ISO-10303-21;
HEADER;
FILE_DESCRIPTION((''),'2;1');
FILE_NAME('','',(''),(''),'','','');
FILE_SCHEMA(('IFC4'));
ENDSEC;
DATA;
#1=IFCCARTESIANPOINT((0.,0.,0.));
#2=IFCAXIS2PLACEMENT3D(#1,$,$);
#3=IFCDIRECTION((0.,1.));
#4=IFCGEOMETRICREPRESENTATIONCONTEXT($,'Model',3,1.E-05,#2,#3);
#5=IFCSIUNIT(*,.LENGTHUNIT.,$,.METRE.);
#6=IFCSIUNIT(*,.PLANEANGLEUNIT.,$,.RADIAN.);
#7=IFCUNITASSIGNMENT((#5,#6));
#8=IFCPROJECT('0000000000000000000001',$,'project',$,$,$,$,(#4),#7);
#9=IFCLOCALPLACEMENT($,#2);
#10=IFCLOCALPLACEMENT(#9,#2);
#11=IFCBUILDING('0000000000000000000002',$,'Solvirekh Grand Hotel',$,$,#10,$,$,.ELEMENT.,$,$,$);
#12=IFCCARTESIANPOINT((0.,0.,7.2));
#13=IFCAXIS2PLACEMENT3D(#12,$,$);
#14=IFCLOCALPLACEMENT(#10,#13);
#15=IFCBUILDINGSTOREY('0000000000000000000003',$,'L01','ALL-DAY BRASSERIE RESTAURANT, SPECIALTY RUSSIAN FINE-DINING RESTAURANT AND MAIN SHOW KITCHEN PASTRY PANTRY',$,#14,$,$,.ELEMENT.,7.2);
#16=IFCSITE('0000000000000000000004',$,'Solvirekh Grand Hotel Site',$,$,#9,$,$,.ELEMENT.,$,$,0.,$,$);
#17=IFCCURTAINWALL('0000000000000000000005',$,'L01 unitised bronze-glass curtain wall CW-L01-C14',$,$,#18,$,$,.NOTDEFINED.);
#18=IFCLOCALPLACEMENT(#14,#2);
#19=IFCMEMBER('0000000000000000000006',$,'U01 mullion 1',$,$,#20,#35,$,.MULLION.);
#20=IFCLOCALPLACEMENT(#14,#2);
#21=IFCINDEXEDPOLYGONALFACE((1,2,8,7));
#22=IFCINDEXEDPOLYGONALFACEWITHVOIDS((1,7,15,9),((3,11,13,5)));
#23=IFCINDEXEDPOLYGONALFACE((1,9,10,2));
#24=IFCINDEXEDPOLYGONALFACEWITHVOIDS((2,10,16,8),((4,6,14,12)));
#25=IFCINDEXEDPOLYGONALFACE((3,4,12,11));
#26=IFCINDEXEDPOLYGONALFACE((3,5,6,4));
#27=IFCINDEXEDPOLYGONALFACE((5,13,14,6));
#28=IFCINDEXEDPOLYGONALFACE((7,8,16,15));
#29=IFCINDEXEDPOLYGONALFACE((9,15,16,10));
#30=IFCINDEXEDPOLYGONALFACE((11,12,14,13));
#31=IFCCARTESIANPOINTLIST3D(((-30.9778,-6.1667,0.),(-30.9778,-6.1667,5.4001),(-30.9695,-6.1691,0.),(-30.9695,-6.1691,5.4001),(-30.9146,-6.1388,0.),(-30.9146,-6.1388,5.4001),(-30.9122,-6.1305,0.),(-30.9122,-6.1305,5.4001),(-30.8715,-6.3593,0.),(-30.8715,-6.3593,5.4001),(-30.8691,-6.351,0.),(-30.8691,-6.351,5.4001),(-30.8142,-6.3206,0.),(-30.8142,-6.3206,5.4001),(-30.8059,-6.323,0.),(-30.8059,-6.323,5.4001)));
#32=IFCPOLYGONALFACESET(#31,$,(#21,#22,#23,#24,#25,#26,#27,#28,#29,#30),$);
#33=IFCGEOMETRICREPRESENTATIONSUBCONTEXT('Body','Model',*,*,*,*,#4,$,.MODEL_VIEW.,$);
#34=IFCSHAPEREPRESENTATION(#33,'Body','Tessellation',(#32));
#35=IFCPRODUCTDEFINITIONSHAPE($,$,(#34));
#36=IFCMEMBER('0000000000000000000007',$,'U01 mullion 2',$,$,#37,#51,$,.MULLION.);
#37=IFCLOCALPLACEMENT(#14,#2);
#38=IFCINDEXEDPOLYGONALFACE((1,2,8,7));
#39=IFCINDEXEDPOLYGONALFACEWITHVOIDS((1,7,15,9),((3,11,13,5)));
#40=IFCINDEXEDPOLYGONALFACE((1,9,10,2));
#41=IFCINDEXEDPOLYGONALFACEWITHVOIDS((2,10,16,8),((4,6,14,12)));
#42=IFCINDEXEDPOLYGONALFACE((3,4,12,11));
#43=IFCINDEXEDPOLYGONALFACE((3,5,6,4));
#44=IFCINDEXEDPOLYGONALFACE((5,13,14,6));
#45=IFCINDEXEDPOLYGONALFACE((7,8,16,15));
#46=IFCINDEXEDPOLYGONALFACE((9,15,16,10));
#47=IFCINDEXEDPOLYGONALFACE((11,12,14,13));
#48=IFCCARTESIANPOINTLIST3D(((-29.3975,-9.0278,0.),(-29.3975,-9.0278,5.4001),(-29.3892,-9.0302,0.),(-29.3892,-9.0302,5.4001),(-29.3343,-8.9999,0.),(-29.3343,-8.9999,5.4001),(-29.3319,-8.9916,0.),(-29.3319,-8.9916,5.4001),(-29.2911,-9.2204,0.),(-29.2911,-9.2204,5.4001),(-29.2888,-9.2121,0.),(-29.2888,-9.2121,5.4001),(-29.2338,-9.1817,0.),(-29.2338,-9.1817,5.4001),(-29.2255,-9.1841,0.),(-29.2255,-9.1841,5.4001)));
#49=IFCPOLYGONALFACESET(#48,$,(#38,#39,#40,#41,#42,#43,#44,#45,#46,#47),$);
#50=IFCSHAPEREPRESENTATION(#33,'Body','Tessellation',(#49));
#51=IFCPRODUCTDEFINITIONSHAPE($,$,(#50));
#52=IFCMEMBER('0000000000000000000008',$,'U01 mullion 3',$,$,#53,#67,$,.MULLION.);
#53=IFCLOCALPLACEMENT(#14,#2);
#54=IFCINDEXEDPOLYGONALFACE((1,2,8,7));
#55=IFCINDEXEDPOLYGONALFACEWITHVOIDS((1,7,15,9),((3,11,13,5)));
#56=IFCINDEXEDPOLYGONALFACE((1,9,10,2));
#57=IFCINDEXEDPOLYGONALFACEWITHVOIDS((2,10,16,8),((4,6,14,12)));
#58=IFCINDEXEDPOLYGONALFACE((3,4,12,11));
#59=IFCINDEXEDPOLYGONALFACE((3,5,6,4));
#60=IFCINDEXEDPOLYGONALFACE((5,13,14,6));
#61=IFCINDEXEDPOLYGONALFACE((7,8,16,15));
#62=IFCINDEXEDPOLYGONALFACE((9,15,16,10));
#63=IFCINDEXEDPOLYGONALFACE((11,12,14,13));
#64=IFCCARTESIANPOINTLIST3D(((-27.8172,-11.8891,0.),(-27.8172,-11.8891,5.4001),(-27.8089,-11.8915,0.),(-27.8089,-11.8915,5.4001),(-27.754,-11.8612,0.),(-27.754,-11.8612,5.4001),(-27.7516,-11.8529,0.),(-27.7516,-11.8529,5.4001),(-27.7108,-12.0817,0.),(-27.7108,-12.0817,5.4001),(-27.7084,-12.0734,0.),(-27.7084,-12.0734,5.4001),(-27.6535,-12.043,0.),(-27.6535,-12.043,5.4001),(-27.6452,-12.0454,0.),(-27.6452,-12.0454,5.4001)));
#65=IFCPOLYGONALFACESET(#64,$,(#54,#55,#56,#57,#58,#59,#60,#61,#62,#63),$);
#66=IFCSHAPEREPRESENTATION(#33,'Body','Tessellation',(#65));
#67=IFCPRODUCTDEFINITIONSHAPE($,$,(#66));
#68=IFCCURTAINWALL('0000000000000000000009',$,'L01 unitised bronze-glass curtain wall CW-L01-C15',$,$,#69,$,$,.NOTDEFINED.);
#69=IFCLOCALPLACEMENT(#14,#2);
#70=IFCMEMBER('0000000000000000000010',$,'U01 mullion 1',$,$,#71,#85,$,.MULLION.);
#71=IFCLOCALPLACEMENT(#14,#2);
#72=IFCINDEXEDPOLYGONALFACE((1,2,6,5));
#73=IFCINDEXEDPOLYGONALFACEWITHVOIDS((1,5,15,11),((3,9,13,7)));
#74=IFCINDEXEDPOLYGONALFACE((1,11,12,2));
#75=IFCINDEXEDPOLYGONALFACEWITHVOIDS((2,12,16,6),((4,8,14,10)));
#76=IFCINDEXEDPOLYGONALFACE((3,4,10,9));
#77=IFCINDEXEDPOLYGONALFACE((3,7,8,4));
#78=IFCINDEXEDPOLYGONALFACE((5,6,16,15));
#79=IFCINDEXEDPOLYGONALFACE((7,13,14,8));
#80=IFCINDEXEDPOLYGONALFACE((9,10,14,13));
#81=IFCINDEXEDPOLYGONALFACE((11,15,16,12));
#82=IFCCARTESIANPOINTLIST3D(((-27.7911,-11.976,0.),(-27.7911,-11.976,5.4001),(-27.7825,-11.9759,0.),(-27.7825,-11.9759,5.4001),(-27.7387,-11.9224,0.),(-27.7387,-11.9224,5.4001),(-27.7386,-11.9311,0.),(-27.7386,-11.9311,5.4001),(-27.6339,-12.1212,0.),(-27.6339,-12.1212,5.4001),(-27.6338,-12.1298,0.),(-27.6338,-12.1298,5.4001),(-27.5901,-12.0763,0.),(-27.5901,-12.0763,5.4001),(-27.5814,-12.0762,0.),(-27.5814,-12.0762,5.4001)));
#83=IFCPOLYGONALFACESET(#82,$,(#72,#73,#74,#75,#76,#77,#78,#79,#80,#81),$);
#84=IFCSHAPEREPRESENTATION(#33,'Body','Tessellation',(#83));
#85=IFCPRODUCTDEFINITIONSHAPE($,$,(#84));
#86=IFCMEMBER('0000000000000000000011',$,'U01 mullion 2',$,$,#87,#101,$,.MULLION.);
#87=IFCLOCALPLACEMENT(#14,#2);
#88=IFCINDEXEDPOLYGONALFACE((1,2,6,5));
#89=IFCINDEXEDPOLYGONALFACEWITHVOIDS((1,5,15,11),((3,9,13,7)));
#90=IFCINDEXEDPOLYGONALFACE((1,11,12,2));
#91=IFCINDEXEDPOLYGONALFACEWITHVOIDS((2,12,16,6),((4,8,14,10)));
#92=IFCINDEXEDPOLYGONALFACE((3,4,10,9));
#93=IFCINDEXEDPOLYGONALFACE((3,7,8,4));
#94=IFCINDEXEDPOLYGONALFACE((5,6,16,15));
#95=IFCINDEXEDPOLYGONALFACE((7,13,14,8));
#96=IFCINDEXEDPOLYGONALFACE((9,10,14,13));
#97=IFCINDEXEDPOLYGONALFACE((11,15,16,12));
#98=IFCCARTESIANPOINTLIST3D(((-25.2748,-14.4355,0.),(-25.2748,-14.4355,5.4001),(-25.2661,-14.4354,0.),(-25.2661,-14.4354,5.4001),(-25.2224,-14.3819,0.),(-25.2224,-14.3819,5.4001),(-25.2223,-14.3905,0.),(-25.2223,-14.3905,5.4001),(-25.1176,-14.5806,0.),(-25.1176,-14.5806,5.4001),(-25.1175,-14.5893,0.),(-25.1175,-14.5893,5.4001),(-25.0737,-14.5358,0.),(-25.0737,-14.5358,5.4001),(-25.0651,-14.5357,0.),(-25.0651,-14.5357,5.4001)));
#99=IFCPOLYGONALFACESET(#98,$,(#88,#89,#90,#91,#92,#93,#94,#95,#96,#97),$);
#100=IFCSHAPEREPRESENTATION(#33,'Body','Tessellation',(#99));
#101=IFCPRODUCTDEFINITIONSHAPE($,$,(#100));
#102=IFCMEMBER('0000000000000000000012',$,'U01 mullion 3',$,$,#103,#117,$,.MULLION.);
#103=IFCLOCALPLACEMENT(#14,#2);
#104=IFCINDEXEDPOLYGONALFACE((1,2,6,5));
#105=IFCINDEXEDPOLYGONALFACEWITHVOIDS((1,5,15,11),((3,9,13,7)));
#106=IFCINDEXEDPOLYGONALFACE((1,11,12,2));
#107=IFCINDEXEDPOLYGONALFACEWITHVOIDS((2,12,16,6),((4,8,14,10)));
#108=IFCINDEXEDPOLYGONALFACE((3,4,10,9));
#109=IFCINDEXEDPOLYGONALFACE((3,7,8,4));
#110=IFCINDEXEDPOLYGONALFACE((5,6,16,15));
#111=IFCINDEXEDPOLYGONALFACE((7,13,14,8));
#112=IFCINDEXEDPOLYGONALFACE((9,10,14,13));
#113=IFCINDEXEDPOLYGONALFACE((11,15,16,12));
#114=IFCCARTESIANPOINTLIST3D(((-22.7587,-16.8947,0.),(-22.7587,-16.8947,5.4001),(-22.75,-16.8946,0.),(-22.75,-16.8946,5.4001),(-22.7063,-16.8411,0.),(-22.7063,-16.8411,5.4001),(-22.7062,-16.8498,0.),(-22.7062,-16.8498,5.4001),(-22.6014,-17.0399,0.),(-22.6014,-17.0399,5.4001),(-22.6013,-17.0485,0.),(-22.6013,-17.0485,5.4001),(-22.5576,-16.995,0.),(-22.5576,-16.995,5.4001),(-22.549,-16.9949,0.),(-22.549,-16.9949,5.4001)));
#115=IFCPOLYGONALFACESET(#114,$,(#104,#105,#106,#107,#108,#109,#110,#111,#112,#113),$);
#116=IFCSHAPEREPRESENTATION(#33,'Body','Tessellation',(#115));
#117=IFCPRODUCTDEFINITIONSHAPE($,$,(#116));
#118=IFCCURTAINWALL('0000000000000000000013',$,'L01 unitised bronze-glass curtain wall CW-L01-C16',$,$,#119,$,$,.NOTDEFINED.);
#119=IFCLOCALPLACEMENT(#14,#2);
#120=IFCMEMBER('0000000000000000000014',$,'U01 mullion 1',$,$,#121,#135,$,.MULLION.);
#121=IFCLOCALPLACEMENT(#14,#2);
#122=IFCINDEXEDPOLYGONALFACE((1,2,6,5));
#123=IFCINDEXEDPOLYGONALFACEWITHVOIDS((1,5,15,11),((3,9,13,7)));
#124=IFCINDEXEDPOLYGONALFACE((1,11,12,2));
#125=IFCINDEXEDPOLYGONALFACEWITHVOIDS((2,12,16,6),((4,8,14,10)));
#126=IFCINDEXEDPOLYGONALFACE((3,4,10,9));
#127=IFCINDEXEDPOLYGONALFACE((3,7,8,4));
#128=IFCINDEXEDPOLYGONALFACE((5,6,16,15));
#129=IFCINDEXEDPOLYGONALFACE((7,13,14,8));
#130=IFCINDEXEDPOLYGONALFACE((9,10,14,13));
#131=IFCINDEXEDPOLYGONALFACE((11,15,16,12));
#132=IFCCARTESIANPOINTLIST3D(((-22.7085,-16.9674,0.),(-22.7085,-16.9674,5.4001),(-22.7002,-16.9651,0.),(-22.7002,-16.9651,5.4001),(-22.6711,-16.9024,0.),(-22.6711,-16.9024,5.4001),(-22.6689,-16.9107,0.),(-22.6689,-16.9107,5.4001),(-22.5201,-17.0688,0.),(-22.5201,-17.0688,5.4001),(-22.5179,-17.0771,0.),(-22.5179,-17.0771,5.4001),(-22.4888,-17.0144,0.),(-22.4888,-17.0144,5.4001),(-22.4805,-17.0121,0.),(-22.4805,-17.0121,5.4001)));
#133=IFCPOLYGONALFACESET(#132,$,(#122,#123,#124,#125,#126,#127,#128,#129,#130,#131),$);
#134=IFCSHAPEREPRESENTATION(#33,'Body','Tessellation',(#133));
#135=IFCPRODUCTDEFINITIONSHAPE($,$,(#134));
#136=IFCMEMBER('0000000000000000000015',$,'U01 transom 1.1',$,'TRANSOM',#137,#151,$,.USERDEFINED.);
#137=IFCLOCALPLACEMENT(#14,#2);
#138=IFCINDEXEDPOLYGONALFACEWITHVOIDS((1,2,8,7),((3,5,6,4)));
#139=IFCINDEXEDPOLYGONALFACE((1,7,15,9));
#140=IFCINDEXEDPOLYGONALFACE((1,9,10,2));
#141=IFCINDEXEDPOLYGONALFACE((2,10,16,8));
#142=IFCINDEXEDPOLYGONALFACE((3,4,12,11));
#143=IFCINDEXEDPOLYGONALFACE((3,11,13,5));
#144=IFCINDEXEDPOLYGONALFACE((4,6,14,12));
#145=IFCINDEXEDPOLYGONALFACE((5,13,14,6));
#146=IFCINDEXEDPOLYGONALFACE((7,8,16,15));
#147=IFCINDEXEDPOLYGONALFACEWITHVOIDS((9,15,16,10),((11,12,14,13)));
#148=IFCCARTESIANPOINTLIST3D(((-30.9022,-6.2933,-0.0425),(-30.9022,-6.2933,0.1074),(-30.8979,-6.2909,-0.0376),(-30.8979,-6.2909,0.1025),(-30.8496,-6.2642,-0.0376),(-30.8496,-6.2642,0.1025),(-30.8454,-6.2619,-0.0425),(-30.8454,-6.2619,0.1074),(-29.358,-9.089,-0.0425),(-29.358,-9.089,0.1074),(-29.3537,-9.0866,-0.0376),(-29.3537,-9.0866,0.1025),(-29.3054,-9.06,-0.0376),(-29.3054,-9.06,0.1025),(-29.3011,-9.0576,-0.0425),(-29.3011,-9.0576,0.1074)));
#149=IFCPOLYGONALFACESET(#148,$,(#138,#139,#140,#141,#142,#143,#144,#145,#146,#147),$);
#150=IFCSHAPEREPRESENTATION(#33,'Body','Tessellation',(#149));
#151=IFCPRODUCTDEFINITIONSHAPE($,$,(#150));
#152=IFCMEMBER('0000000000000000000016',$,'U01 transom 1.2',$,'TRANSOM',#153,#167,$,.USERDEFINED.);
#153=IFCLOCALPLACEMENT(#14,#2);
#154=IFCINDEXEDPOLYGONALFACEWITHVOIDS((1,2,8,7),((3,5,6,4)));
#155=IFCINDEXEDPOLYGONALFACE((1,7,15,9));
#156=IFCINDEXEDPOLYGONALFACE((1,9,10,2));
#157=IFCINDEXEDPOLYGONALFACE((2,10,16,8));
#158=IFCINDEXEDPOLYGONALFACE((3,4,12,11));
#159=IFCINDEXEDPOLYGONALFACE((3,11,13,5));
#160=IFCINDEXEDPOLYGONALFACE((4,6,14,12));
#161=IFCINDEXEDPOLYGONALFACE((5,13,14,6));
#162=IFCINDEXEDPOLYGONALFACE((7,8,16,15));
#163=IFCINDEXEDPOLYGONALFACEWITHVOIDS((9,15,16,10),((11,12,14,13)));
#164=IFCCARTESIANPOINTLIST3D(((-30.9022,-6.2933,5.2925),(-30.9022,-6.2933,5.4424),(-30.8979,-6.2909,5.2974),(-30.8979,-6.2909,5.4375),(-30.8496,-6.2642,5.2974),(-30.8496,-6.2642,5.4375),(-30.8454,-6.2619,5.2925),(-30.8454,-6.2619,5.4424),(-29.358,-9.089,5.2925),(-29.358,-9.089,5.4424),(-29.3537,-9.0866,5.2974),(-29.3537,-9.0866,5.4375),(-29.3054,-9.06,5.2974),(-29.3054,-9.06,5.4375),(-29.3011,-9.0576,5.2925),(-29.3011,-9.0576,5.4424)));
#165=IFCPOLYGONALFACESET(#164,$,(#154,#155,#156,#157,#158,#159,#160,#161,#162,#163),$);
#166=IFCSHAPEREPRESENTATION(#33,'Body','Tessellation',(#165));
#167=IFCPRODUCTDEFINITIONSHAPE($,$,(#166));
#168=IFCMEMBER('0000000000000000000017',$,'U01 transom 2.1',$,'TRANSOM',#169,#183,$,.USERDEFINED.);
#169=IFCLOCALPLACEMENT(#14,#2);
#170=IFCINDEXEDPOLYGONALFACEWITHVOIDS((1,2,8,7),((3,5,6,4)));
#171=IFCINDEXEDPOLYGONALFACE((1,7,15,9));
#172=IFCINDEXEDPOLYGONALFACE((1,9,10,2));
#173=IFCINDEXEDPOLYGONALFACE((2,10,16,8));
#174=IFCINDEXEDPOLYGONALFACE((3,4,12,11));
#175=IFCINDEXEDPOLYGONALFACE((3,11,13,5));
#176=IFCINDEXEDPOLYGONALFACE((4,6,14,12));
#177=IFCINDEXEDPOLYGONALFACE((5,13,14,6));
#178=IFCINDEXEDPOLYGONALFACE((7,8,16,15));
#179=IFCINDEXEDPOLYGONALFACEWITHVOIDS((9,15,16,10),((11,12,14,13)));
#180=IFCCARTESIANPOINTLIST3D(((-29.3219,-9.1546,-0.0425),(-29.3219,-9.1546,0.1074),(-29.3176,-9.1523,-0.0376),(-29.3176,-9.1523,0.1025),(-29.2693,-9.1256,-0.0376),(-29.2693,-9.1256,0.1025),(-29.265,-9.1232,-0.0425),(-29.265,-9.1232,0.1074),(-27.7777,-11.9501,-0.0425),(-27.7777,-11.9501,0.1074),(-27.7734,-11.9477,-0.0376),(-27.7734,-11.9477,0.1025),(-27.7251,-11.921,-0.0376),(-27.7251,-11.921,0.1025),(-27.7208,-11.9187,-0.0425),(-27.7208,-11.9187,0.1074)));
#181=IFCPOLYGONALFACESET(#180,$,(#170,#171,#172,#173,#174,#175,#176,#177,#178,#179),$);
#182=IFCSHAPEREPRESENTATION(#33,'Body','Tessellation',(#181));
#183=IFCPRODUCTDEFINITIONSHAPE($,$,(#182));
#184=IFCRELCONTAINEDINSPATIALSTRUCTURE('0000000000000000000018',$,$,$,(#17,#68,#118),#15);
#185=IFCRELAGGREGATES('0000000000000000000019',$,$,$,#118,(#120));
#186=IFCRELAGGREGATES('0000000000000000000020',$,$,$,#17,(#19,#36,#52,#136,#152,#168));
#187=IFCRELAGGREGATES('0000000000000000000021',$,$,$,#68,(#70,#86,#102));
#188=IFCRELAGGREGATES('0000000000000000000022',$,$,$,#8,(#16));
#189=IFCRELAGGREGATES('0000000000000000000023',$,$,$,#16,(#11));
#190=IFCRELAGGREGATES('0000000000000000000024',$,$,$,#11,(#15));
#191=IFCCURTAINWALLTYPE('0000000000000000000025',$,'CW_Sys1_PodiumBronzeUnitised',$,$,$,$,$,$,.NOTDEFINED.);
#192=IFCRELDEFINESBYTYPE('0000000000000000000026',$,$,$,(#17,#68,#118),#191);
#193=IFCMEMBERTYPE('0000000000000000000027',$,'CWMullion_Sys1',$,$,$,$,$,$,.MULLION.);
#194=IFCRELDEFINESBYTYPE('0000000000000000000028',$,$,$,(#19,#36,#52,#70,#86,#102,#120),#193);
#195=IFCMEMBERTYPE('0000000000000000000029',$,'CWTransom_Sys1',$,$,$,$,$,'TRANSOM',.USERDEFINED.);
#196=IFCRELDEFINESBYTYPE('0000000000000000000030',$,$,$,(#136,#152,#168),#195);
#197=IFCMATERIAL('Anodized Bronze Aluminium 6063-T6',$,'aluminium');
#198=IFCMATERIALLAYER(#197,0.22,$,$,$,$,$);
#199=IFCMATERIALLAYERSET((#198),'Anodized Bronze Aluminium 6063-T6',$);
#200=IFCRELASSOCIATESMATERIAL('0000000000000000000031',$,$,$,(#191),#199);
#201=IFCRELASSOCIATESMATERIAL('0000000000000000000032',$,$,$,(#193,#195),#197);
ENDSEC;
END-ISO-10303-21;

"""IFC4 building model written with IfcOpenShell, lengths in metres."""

from ifc_helpers import new_model, si_unit, direction, frame, origin, origin_2d, place, context, subcontext, project, spatial, hollow_rectangle, extrude, source, transform, mapped, material, layer, layer_set, material_profile, profile_set, type_object, element, aggregate, save


model = new_model("IFC4")

# Units and contexts
model_context = context("Model", 3, precision=1e-05, world=origin(), true_north=direction((0.0, 1.0)))
body_context = subcontext(model_context, "Body", "Model", "MODEL_VIEW")
ifc_project = project(units=[si_unit("LENGTHUNIT", "METRE"), si_unit("PLANEANGLEUNIT", "RADIAN")], contexts=[model_context])

# Site, building, storey
site_placement = place(None, origin())
site = spatial("IfcSite", under=ifc_project, at=site_placement, Name="Solvirekh Grand Hotel Site", CompositionType="ELEMENT", RefElevation=0.0)
building_placement = place(site_placement, origin())
building = spatial("IfcBuilding", under=site, at=building_placement, Name="Solvirekh Grand Hotel", CompositionType="ELEMENT")
storey_placement = place(building_placement, frame((0.0, 0.0, 7.2)))
storey = spatial("IfcBuildingStorey", under=building, at=storey_placement, Name="L01", Description="ALL-DAY BRASSERIE RESTAURANT, SPECIALTY RUSSIAN FINE-DINING RESTAURANT AND MAIN SHOW KITCHEN PASTRY PANTRY", CompositionType="ELEMENT", Elevation=7.2)

# Curtain walls, members
ifc_material_1 = material(Name="Anodized Bronze Aluminium 6063-T6", Category="aluminium")
ifc_layer_1 = layer(ifc_material_1, 0.22)
ifc_layer_set_1 = layer_set([ifc_layer_1], Name="Anodized Bronze Aluminium 6063-T6")
curtain_wall_type = type_object("IfcCurtainWallType", Name="CW_Sys1_PodiumBronzeUnitised", PredefinedType="NOTDEFINED", material=ifc_layer_set_1)
curtain_wall_1_placement = place(storey_placement, origin())
curtain_wall_1 = element("IfcCurtainWall", 1, at=curtain_wall_1_placement, inside=storey, type_object=curtain_wall_type, Name="L01 unitised bronze-glass curtain wall CW-L01-C14", PredefinedType="NOTDEFINED")
ifc_material_profile_1 = material_profile(ifc_material_1, hollow_rectangle(XDim=0.075, YDim=0.22, WallThickness=0.0061, at=origin_2d()), Name="ALU RHS 220X75X6")
ifc_profile_set_1 = profile_set([ifc_material_profile_1], Name="Anodized Bronze Aluminium 6063-T6")
member_type_1 = type_object("IfcMemberType", Name="CWMullion_Sys1", PredefinedType="MULLION", material=ifc_profile_set_1)
shared_shape_1 = source(origin(), body_context, "Body", "SweptSolid", [
    extrude(hollow_rectangle(XDim=0.075, YDim=0.22, WallThickness=0.0061, at=origin_2d()), origin(), (0.0, 0.0, 1.0), 5.4001),
])
member_1_placement = place(storey_placement, frame((-30.8918, -6.2449, 0.0), z_axis=(0.0, 0.0, 1.0), x_axis=(0.875346, 0.483497, 0.0)))
member_1 = element("IfcMember", 2, at=member_1_placement, type_object=member_type_1, Name="U01 mullion 1", PredefinedType="MULLION", context=body_context, shape_type="MappedRepresentation", body=[
    mapped(shared_shape_1, transform((0.0, 0.0, 0.0), x_axis=(1.0, 0.0, 0.0), y_axis=(0.0, 1.0, 0.0), z_axis=(0.0, 0.0, 1.0), scale=1.0)),
])
member_2_placement = place(storey_placement, frame((-29.3115, -9.106, 0.0), z_axis=(0.0, 0.0, 1.0), x_axis=(0.875346, 0.483497, 0.0)))
member_2 = element("IfcMember", 3, at=member_2_placement, type_object=member_type_1, Name="U01 mullion 2", PredefinedType="MULLION", context=body_context, shape_type="MappedRepresentation", body=[
    mapped(shared_shape_1, transform((0.0, 0.0, 0.0), x_axis=(1.0, 0.0, 0.0), y_axis=(0.0, 1.0, 0.0), z_axis=(0.0, 0.0, 1.0), scale=1.0)),
])
member_3_placement = place(storey_placement, frame((-27.7312, -11.9673, 0.0), z_axis=(0.0, 0.0, 1.0), x_axis=(0.875346, 0.483497, 0.0)))
member_3 = element("IfcMember", 4, at=member_3_placement, type_object=member_type_1, Name="U01 mullion 3", PredefinedType="MULLION", context=body_context, shape_type="MappedRepresentation", body=[
    mapped(shared_shape_1, transform((0.0, 0.0, 0.0), x_axis=(1.0, 0.0, 0.0), y_axis=(0.0, 1.0, 0.0), z_axis=(0.0, 0.0, 1.0), scale=1.0)),
])
curtain_wall_2_placement = place(storey_placement, origin())
curtain_wall_2 = element("IfcCurtainWall", 5, at=curtain_wall_2_placement, inside=storey, type_object=curtain_wall_type, Name="L01 unitised bronze-glass curtain wall CW-L01-C15", PredefinedType="NOTDEFINED")
member_4_placement = place(storey_placement, frame((-27.6863, -12.0261, 0.0), z_axis=(0.0, 0.0, 1.0), x_axis=(0.698975, 0.715146, 0.0)))
member_4 = element("IfcMember", 6, at=member_4_placement, type_object=member_type_1, Name="U01 mullion 1", PredefinedType="MULLION", context=body_context, shape_type="MappedRepresentation", body=[
    mapped(shared_shape_1, transform((0.0, 0.0, 0.0), x_axis=(1.0, 0.0, 0.0), y_axis=(0.0, 1.0, 0.0), z_axis=(0.0, 0.0, 1.0), scale=1.0)),
])
member_5_placement = place(storey_placement, frame((-25.1699, -14.4856, 0.0), z_axis=(0.0, 0.0, 1.0), x_axis=(0.698975, 0.715146, 0.0)))
member_5 = element("IfcMember", 7, at=member_5_placement, type_object=member_type_1, Name="U01 mullion 2", PredefinedType="MULLION", context=body_context, shape_type="MappedRepresentation", body=[
    mapped(shared_shape_1, transform((0.0, 0.0, 0.0), x_axis=(1.0, 0.0, 0.0), y_axis=(0.0, 1.0, 0.0), z_axis=(0.0, 0.0, 1.0), scale=1.0)),
])
member_6_placement = place(storey_placement, frame((-22.6538, -16.9448, 0.0), z_axis=(0.0, 0.0, 1.0), x_axis=(0.698975, 0.715146, 0.0)))
member_6 = element("IfcMember", 8, at=member_6_placement, type_object=member_type_1, Name="U01 mullion 3", PredefinedType="MULLION", context=body_context, shape_type="MappedRepresentation", body=[
    mapped(shared_shape_1, transform((0.0, 0.0, 0.0), x_axis=(1.0, 0.0, 0.0), y_axis=(0.0, 1.0, 0.0), z_axis=(0.0, 0.0, 1.0), scale=1.0)),
])

# Curtain wall, member
curtain_wall_3_placement = place(storey_placement, origin())
curtain_wall_3 = element("IfcCurtainWall", 9, at=curtain_wall_3_placement, inside=storey, type_object=curtain_wall_type, Name="L01 unitised bronze-glass curtain wall CW-L01-C16", PredefinedType="NOTDEFINED")
member_7_placement = place(storey_placement, frame((-22.5945, -16.9897, 0.0), z_axis=(0.0, 0.0, 1.0), x_axis=(0.498813, 0.86671, 0.0)))
member_7 = element("IfcMember", 10, at=member_7_placement, type_object=member_type_1, Name="U01 mullion 1", PredefinedType="MULLION", context=body_context, shape_type="MappedRepresentation", body=[
    mapped(shared_shape_1, transform((0.0, 0.0, 0.0), x_axis=(1.0, 0.0, 0.0), y_axis=(0.0, 1.0, 0.0), z_axis=(0.0, 0.0, 1.0), scale=1.0)),
])

# Members
ifc_material_profile_2 = material_profile(ifc_material_1, hollow_rectangle(XDim=0.0649, YDim=0.1499, WallThickness=0.0049, at=origin_2d()), Name="ALU RHS 150X65X5")
ifc_profile_set_2 = profile_set([ifc_material_profile_2], Name="Anodized Bronze Aluminium 6063-T6")
member_type_2 = type_object("IfcMemberType", Name="CWTransom_Sys1", ElementType="TRANSOM", PredefinedType="USERDEFINED", material=ifc_profile_set_2)
shared_shape_2 = source(origin(), body_context, "Body", "SweptSolid", [
    extrude(hollow_rectangle(XDim=0.0649, YDim=0.1499, WallThickness=0.0049, at=origin_2d()), origin(), (0.0, 0.0, 1.0), 3.1938),
])
member_8_placement = place(storey_placement, frame((-30.8738, -6.2776, 0.0325), z_axis=(0.4835, -0.875345, 0.0), x_axis=(0.875345, 0.4835, 0.0)))
member_8 = element("IfcMember", 11, at=member_8_placement, type_object=member_type_2, Name="U01 transom 1.1", ObjectType="TRANSOM", PredefinedType="USERDEFINED", context=body_context, shape_type="MappedRepresentation", body=[
    mapped(shared_shape_2, transform((0.0, 0.0, 0.0), x_axis=(1.0, 0.0, 0.0), y_axis=(0.0, 1.0, 0.0), z_axis=(0.0, 0.0, 1.0), scale=1.0)),
])
member_9_placement = place(storey_placement, frame((-30.8738, -6.2776, 5.3674), z_axis=(0.4835, -0.875345, 0.0), x_axis=(0.875345, 0.4835, 0.0)))
member_9 = element("IfcMember", 12, at=member_9_placement, type_object=member_type_2, Name="U01 transom 1.2", ObjectType="TRANSOM", PredefinedType="USERDEFINED", context=body_context, shape_type="MappedRepresentation", body=[
    mapped(shared_shape_2, transform((0.0, 0.0, 0.0), x_axis=(1.0, 0.0, 0.0), y_axis=(0.0, 1.0, 0.0), z_axis=(0.0, 0.0, 1.0), scale=1.0)),
])
shared_shape_3 = source(origin(), body_context, "Body", "SweptSolid", [
    extrude(hollow_rectangle(XDim=0.0649, YDim=0.1499, WallThickness=0.0049, at=origin_2d()), origin(), (0.0, 0.0, 1.0), 3.1936),
])
member_10_placement = place(storey_placement, frame((-29.2935, -9.1389, 0.0325), z_axis=(0.483532, -0.875327, 0.0), x_axis=(0.875327, 0.483532, 0.0)))
member_10 = element("IfcMember", 13, at=member_10_placement, type_object=member_type_2, Name="U01 transom 2.1", ObjectType="TRANSOM", PredefinedType="USERDEFINED", context=body_context, shape_type="MappedRepresentation", body=[
    mapped(shared_shape_3, transform((0.0, 0.0, 0.0), x_axis=(1.0, 0.0, 0.0), y_axis=(0.0, 1.0, 0.0), z_axis=(0.0, 0.0, 1.0), scale=1.0)),
])
aggregate(curtain_wall_3, [member_7])

aggregate(curtain_wall_1, [member_1, member_2, member_3, member_8, member_9, member_10])
aggregate(curtain_wall_2, [member_4, member_5, member_6])

save(model, "model.ifc")
